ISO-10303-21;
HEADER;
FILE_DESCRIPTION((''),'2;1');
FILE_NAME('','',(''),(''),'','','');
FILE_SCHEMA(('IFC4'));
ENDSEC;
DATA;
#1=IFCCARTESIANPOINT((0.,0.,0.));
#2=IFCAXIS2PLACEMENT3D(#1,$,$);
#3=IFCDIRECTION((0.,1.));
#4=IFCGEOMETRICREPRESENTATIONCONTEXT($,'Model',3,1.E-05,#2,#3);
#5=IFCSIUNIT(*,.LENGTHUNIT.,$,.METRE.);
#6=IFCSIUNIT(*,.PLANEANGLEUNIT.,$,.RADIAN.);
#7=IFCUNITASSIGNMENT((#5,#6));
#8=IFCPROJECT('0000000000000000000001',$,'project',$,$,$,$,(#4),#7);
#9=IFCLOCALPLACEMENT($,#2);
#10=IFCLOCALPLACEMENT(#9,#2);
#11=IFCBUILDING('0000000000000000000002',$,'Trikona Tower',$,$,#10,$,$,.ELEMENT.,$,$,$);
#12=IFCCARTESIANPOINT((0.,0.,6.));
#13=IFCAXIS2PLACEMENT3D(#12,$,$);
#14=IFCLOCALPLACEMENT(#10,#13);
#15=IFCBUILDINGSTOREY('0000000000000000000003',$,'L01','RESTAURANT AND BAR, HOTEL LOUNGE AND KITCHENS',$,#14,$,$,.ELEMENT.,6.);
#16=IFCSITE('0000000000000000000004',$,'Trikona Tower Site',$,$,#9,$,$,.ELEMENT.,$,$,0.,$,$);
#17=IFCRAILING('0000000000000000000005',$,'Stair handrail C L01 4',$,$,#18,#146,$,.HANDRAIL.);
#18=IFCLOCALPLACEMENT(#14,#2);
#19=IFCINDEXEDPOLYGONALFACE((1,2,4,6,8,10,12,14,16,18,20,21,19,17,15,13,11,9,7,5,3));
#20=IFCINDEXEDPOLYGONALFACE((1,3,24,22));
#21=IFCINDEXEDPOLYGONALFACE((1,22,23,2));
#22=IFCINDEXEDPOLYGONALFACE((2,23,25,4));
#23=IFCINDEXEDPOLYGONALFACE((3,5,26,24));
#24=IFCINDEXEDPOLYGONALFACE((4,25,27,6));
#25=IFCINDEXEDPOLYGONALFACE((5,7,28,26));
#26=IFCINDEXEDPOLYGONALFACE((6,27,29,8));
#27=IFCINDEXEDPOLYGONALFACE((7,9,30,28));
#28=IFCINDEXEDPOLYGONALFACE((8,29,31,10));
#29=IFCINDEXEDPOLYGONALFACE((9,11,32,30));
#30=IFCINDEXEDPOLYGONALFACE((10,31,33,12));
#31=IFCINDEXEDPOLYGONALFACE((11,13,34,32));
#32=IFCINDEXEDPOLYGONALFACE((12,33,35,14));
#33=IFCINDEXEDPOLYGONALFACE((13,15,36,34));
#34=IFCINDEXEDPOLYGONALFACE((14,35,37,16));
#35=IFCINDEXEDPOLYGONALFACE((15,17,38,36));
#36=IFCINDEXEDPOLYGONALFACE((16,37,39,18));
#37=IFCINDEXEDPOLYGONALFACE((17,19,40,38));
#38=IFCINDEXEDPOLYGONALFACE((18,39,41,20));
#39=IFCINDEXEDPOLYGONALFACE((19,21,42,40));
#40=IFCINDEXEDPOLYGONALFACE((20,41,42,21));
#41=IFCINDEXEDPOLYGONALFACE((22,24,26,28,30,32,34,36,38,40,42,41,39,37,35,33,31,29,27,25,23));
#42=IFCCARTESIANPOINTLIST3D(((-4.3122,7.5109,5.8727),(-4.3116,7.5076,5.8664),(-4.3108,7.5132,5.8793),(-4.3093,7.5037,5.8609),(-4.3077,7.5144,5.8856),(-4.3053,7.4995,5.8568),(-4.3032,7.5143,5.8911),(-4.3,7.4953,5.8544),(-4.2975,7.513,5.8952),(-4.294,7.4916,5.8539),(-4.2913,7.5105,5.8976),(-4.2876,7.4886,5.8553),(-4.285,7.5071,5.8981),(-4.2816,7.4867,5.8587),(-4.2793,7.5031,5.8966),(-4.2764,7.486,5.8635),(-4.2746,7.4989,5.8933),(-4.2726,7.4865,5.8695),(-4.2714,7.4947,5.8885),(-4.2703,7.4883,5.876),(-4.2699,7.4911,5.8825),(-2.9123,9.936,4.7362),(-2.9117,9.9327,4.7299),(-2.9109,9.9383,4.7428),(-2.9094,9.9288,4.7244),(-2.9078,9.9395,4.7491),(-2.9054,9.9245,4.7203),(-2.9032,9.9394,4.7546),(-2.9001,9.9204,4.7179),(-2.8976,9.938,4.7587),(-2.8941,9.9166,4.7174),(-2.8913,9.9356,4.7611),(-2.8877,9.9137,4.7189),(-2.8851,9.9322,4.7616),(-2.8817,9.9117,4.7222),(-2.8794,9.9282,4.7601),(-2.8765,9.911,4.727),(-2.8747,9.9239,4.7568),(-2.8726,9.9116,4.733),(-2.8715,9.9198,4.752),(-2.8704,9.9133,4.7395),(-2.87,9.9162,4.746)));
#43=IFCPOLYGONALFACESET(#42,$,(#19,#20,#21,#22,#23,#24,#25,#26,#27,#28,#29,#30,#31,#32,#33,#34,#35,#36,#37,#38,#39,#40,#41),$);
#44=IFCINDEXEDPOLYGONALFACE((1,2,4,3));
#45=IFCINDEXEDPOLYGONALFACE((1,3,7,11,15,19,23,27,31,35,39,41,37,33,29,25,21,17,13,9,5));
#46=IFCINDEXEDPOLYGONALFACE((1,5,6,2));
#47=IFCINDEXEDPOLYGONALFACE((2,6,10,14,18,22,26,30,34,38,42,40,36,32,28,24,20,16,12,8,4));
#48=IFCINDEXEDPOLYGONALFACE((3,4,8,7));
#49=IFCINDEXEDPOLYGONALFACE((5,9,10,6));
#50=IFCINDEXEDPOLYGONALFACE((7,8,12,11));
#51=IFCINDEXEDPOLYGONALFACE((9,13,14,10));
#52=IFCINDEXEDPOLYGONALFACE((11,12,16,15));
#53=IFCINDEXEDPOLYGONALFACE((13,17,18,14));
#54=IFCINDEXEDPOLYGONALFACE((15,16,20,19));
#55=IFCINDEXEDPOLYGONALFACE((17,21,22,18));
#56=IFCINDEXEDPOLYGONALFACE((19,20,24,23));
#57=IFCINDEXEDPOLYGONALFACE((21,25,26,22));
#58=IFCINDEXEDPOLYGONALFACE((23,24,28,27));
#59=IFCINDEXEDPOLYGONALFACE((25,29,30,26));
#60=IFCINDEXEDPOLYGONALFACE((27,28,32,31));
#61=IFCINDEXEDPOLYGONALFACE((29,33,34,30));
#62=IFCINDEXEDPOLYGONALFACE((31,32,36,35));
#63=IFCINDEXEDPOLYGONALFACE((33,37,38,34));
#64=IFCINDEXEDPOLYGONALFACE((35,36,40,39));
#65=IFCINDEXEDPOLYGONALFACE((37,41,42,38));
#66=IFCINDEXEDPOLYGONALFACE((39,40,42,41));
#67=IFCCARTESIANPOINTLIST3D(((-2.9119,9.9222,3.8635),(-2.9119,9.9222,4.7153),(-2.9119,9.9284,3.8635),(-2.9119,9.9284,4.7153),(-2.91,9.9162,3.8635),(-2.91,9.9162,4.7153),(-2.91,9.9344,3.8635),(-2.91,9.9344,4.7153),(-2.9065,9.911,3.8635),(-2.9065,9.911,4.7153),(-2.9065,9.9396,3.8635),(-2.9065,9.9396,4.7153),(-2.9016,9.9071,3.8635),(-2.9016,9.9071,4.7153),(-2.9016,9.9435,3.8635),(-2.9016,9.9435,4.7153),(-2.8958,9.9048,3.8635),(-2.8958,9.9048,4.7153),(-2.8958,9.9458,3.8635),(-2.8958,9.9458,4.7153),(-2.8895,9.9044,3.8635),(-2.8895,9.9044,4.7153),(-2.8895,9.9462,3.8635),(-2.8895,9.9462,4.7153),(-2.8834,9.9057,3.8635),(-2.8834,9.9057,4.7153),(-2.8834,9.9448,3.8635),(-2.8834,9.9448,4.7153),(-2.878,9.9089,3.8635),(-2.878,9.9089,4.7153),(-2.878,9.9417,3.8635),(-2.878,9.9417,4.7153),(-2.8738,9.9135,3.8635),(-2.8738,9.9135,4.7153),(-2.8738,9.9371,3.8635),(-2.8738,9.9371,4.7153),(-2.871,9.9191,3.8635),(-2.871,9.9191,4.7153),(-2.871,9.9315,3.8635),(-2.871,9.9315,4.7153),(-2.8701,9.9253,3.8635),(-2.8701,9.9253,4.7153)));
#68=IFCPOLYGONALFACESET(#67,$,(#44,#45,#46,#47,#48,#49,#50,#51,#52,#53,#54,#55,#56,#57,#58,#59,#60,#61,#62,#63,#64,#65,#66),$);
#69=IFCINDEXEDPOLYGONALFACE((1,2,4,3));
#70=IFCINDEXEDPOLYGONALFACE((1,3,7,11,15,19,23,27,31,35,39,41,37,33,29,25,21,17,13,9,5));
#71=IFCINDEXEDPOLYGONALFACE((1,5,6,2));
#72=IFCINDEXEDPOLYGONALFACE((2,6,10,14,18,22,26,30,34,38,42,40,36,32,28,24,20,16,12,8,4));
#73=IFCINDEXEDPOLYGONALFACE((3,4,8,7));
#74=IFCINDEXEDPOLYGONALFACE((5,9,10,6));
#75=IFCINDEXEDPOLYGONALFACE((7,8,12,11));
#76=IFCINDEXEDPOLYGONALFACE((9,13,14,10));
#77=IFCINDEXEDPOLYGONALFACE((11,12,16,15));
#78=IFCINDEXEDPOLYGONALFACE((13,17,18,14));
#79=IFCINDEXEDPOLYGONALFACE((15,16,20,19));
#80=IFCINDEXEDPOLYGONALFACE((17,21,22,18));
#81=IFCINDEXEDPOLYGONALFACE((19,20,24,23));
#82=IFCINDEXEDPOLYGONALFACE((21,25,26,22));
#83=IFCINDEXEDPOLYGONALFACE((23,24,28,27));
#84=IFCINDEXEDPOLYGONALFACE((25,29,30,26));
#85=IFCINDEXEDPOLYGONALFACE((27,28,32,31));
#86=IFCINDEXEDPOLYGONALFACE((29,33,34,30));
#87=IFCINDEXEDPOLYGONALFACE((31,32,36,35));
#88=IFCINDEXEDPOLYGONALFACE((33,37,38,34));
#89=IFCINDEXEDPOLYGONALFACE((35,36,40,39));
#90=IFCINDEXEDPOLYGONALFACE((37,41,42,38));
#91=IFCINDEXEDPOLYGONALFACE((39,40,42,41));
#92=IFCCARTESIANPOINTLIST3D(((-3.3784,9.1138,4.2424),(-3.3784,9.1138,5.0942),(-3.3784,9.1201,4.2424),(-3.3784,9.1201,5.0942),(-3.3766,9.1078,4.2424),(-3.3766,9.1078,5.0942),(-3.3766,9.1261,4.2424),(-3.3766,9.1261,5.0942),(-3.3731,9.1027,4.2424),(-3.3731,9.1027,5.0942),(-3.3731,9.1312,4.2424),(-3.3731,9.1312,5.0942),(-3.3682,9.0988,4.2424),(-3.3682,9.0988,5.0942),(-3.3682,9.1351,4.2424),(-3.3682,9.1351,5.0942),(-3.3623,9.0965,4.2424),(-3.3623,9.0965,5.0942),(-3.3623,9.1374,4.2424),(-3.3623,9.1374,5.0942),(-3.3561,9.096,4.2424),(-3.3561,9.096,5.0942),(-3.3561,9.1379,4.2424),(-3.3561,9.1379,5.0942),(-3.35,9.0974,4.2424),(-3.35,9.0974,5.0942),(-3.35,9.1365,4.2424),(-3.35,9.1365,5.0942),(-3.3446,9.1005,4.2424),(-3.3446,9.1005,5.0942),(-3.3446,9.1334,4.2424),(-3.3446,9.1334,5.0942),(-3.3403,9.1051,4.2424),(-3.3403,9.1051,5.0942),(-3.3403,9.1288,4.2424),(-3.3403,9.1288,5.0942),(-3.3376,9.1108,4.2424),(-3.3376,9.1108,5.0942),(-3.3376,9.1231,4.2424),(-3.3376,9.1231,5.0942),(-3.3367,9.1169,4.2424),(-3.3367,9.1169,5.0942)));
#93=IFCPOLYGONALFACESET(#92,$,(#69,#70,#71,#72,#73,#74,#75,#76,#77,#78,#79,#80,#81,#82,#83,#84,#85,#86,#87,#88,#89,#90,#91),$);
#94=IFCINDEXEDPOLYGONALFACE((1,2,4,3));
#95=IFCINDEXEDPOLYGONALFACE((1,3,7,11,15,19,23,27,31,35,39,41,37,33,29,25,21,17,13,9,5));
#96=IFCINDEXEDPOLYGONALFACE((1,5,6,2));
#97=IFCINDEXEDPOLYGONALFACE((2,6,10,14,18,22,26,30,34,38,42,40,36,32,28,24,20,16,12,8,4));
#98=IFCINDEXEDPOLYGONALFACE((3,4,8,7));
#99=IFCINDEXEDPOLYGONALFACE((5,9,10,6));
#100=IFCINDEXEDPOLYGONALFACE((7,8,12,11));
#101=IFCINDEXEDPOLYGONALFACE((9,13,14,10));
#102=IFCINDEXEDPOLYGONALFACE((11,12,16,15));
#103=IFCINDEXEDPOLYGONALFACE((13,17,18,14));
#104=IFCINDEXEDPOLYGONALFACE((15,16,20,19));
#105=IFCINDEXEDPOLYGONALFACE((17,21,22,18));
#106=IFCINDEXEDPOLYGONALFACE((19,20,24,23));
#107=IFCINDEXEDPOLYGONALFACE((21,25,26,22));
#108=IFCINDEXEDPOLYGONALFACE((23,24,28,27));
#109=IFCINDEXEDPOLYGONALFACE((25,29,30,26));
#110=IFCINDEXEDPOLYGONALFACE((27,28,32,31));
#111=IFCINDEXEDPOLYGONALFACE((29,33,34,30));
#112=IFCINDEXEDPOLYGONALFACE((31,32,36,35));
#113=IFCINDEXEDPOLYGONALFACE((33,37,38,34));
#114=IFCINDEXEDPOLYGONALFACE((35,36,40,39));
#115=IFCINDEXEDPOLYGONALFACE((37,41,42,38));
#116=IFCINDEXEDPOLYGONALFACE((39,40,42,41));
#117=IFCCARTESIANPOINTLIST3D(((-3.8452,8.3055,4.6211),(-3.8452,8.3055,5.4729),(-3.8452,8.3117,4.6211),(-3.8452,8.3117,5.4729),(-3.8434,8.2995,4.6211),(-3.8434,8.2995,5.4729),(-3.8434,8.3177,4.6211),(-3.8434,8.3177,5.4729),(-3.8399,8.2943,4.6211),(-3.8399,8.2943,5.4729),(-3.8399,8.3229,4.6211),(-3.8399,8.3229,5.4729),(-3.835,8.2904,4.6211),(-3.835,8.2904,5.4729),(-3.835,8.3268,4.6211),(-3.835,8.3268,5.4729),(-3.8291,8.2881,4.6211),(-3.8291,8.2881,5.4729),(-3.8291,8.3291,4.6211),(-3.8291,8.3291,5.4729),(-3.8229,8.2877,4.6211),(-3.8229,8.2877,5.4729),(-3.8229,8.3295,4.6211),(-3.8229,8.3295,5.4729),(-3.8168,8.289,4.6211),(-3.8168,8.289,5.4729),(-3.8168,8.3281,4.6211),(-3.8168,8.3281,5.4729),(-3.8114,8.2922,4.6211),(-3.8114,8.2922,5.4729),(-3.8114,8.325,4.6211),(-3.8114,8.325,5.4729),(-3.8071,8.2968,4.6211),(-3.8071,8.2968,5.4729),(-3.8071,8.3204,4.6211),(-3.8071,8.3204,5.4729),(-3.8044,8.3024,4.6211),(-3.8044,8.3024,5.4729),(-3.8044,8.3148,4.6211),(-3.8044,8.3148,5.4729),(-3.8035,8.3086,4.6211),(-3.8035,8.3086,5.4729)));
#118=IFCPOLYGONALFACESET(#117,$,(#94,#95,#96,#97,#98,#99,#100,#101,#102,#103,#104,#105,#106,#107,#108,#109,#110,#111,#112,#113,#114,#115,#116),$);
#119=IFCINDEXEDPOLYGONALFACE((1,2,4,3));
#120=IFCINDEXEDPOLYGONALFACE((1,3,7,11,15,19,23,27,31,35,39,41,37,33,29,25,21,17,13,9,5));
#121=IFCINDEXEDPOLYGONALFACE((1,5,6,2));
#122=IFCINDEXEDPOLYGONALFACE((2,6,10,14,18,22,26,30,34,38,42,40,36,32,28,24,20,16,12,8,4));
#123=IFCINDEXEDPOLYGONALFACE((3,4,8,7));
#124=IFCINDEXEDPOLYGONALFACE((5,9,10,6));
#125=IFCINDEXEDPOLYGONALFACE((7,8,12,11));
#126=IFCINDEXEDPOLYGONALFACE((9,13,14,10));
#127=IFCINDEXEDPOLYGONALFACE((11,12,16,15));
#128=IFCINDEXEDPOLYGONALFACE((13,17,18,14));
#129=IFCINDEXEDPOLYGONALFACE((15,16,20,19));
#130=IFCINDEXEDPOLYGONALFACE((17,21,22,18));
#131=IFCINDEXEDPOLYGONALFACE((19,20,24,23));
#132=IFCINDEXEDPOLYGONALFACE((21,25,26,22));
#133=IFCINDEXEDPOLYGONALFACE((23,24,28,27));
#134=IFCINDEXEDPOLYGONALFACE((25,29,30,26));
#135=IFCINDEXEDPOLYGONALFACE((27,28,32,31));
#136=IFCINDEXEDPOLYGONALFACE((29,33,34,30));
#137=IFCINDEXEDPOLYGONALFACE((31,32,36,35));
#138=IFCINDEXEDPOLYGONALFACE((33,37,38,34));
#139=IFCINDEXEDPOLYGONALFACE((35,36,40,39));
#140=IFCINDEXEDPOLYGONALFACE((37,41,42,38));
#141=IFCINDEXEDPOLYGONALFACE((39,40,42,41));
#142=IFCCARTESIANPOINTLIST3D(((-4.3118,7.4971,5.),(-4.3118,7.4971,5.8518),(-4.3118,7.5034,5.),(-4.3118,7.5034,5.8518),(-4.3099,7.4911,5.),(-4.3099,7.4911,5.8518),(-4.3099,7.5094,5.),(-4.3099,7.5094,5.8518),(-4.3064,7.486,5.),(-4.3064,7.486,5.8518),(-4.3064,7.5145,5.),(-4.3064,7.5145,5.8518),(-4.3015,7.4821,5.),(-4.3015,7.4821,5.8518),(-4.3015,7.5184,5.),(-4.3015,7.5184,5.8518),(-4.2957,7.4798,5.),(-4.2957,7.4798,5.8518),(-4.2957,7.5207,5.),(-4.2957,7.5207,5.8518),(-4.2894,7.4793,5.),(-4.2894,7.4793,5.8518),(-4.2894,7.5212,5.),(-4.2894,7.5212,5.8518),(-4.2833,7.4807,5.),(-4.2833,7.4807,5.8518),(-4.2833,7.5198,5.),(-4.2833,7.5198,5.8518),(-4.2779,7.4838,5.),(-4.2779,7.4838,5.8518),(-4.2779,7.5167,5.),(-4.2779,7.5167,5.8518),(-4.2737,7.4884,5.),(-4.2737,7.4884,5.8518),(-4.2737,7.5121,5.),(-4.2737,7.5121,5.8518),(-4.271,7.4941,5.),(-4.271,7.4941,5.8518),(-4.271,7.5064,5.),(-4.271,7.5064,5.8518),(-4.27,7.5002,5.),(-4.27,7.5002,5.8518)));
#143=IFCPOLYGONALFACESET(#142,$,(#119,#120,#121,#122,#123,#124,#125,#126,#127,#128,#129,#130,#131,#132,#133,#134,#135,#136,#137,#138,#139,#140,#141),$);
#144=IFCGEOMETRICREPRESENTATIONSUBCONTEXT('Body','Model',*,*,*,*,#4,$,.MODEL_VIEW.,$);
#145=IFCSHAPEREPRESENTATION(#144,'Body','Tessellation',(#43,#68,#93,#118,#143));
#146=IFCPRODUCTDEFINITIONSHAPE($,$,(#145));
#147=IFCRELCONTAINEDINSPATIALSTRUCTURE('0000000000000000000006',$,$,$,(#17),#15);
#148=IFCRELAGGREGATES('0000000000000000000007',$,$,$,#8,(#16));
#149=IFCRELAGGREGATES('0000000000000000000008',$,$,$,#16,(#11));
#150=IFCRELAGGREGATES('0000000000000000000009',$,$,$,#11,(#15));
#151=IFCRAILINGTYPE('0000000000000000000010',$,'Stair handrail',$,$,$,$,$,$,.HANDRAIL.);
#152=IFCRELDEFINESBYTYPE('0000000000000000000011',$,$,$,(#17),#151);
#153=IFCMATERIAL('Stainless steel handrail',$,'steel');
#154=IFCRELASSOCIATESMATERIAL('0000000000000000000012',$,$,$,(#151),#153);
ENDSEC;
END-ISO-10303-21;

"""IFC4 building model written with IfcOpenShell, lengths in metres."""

from ifc_helpers import new_model, si_unit, direction, frame, origin, origin_2d, place, context, subcontext, project, spatial, circle, extrude, material, type_object, element, save


model = new_model("IFC4")

# Units and contexts
model_context = context("Model", 3, precision=1e-05, world=origin(), true_north=direction((0.0, 1.0)))
body_context = subcontext(model_context, "Body", "Model", "MODEL_VIEW")
ifc_project = project(units=[si_unit("LENGTHUNIT", "METRE"), si_unit("PLANEANGLEUNIT", "RADIAN")], contexts=[model_context])

# Site, building, storey
site_placement = place(None, origin())
site = spatial("IfcSite", under=ifc_project, at=site_placement, Name="Trikona Tower Site", CompositionType="ELEMENT", RefElevation=0.0)
building_placement = place(site_placement, origin())
building = spatial("IfcBuilding", under=site, at=building_placement, Name="Trikona Tower", CompositionType="ELEMENT")
storey_placement = place(building_placement, frame((0.0, 0.0, 6.0)))
storey = spatial("IfcBuildingStorey", under=building, at=storey_placement, Name="L01", Description="RESTAURANT AND BAR, HOTEL LOUNGE AND KITCHENS", CompositionType="ELEMENT", Elevation=6.0)

# Railing
ifc_material_1 = material(Name="Stainless steel handrail", Category="steel")
railing_type = type_object("IfcRailingType", Name="Stair handrail", PredefinedType="HANDRAIL", material=ifc_material_1)
railing_1_placement = place(storey_placement, frame((-2.8911, 9.9253, 3.8635)))
element("IfcRailing", 1, at=railing_1_placement, inside=storey, type_object=railing_type, Name="Stair handrail C L01 4", PredefinedType="HANDRAIL", context=body_context, shape_type="SweptSolid", body=[
    extrude(circle(Radius=0.0239, at=origin_2d()), frame((0.0, 0.0, 0.876), z_axis=(-0.463245, -0.802479, 0.376074), x_axis=(0.866056, -0.499946, 0.0)), (0.0, 0.0, 1.0), 3.022),
    extrude(circle(Radius=0.021, at=origin_2d()), origin(), (0.0, 0.0, 1.0), 0.8518),
    extrude(circle(Radius=0.021, at=origin_2d()), frame((-0.4666, -0.8083, 0.3789)), (0.0, 0.0, 1.0), 0.8518),
    extrude(circle(Radius=0.021, at=origin_2d()), frame((-0.9333, -1.6167, 0.7576)), (0.0, 0.0, 1.0), 0.8518),
    extrude(circle(Radius=0.021, at=origin_2d()), frame((-1.3999, -2.425, 1.1365)), (0.0, 0.0, 1.0), 0.8518),
])

save(model, "model.ifc")
